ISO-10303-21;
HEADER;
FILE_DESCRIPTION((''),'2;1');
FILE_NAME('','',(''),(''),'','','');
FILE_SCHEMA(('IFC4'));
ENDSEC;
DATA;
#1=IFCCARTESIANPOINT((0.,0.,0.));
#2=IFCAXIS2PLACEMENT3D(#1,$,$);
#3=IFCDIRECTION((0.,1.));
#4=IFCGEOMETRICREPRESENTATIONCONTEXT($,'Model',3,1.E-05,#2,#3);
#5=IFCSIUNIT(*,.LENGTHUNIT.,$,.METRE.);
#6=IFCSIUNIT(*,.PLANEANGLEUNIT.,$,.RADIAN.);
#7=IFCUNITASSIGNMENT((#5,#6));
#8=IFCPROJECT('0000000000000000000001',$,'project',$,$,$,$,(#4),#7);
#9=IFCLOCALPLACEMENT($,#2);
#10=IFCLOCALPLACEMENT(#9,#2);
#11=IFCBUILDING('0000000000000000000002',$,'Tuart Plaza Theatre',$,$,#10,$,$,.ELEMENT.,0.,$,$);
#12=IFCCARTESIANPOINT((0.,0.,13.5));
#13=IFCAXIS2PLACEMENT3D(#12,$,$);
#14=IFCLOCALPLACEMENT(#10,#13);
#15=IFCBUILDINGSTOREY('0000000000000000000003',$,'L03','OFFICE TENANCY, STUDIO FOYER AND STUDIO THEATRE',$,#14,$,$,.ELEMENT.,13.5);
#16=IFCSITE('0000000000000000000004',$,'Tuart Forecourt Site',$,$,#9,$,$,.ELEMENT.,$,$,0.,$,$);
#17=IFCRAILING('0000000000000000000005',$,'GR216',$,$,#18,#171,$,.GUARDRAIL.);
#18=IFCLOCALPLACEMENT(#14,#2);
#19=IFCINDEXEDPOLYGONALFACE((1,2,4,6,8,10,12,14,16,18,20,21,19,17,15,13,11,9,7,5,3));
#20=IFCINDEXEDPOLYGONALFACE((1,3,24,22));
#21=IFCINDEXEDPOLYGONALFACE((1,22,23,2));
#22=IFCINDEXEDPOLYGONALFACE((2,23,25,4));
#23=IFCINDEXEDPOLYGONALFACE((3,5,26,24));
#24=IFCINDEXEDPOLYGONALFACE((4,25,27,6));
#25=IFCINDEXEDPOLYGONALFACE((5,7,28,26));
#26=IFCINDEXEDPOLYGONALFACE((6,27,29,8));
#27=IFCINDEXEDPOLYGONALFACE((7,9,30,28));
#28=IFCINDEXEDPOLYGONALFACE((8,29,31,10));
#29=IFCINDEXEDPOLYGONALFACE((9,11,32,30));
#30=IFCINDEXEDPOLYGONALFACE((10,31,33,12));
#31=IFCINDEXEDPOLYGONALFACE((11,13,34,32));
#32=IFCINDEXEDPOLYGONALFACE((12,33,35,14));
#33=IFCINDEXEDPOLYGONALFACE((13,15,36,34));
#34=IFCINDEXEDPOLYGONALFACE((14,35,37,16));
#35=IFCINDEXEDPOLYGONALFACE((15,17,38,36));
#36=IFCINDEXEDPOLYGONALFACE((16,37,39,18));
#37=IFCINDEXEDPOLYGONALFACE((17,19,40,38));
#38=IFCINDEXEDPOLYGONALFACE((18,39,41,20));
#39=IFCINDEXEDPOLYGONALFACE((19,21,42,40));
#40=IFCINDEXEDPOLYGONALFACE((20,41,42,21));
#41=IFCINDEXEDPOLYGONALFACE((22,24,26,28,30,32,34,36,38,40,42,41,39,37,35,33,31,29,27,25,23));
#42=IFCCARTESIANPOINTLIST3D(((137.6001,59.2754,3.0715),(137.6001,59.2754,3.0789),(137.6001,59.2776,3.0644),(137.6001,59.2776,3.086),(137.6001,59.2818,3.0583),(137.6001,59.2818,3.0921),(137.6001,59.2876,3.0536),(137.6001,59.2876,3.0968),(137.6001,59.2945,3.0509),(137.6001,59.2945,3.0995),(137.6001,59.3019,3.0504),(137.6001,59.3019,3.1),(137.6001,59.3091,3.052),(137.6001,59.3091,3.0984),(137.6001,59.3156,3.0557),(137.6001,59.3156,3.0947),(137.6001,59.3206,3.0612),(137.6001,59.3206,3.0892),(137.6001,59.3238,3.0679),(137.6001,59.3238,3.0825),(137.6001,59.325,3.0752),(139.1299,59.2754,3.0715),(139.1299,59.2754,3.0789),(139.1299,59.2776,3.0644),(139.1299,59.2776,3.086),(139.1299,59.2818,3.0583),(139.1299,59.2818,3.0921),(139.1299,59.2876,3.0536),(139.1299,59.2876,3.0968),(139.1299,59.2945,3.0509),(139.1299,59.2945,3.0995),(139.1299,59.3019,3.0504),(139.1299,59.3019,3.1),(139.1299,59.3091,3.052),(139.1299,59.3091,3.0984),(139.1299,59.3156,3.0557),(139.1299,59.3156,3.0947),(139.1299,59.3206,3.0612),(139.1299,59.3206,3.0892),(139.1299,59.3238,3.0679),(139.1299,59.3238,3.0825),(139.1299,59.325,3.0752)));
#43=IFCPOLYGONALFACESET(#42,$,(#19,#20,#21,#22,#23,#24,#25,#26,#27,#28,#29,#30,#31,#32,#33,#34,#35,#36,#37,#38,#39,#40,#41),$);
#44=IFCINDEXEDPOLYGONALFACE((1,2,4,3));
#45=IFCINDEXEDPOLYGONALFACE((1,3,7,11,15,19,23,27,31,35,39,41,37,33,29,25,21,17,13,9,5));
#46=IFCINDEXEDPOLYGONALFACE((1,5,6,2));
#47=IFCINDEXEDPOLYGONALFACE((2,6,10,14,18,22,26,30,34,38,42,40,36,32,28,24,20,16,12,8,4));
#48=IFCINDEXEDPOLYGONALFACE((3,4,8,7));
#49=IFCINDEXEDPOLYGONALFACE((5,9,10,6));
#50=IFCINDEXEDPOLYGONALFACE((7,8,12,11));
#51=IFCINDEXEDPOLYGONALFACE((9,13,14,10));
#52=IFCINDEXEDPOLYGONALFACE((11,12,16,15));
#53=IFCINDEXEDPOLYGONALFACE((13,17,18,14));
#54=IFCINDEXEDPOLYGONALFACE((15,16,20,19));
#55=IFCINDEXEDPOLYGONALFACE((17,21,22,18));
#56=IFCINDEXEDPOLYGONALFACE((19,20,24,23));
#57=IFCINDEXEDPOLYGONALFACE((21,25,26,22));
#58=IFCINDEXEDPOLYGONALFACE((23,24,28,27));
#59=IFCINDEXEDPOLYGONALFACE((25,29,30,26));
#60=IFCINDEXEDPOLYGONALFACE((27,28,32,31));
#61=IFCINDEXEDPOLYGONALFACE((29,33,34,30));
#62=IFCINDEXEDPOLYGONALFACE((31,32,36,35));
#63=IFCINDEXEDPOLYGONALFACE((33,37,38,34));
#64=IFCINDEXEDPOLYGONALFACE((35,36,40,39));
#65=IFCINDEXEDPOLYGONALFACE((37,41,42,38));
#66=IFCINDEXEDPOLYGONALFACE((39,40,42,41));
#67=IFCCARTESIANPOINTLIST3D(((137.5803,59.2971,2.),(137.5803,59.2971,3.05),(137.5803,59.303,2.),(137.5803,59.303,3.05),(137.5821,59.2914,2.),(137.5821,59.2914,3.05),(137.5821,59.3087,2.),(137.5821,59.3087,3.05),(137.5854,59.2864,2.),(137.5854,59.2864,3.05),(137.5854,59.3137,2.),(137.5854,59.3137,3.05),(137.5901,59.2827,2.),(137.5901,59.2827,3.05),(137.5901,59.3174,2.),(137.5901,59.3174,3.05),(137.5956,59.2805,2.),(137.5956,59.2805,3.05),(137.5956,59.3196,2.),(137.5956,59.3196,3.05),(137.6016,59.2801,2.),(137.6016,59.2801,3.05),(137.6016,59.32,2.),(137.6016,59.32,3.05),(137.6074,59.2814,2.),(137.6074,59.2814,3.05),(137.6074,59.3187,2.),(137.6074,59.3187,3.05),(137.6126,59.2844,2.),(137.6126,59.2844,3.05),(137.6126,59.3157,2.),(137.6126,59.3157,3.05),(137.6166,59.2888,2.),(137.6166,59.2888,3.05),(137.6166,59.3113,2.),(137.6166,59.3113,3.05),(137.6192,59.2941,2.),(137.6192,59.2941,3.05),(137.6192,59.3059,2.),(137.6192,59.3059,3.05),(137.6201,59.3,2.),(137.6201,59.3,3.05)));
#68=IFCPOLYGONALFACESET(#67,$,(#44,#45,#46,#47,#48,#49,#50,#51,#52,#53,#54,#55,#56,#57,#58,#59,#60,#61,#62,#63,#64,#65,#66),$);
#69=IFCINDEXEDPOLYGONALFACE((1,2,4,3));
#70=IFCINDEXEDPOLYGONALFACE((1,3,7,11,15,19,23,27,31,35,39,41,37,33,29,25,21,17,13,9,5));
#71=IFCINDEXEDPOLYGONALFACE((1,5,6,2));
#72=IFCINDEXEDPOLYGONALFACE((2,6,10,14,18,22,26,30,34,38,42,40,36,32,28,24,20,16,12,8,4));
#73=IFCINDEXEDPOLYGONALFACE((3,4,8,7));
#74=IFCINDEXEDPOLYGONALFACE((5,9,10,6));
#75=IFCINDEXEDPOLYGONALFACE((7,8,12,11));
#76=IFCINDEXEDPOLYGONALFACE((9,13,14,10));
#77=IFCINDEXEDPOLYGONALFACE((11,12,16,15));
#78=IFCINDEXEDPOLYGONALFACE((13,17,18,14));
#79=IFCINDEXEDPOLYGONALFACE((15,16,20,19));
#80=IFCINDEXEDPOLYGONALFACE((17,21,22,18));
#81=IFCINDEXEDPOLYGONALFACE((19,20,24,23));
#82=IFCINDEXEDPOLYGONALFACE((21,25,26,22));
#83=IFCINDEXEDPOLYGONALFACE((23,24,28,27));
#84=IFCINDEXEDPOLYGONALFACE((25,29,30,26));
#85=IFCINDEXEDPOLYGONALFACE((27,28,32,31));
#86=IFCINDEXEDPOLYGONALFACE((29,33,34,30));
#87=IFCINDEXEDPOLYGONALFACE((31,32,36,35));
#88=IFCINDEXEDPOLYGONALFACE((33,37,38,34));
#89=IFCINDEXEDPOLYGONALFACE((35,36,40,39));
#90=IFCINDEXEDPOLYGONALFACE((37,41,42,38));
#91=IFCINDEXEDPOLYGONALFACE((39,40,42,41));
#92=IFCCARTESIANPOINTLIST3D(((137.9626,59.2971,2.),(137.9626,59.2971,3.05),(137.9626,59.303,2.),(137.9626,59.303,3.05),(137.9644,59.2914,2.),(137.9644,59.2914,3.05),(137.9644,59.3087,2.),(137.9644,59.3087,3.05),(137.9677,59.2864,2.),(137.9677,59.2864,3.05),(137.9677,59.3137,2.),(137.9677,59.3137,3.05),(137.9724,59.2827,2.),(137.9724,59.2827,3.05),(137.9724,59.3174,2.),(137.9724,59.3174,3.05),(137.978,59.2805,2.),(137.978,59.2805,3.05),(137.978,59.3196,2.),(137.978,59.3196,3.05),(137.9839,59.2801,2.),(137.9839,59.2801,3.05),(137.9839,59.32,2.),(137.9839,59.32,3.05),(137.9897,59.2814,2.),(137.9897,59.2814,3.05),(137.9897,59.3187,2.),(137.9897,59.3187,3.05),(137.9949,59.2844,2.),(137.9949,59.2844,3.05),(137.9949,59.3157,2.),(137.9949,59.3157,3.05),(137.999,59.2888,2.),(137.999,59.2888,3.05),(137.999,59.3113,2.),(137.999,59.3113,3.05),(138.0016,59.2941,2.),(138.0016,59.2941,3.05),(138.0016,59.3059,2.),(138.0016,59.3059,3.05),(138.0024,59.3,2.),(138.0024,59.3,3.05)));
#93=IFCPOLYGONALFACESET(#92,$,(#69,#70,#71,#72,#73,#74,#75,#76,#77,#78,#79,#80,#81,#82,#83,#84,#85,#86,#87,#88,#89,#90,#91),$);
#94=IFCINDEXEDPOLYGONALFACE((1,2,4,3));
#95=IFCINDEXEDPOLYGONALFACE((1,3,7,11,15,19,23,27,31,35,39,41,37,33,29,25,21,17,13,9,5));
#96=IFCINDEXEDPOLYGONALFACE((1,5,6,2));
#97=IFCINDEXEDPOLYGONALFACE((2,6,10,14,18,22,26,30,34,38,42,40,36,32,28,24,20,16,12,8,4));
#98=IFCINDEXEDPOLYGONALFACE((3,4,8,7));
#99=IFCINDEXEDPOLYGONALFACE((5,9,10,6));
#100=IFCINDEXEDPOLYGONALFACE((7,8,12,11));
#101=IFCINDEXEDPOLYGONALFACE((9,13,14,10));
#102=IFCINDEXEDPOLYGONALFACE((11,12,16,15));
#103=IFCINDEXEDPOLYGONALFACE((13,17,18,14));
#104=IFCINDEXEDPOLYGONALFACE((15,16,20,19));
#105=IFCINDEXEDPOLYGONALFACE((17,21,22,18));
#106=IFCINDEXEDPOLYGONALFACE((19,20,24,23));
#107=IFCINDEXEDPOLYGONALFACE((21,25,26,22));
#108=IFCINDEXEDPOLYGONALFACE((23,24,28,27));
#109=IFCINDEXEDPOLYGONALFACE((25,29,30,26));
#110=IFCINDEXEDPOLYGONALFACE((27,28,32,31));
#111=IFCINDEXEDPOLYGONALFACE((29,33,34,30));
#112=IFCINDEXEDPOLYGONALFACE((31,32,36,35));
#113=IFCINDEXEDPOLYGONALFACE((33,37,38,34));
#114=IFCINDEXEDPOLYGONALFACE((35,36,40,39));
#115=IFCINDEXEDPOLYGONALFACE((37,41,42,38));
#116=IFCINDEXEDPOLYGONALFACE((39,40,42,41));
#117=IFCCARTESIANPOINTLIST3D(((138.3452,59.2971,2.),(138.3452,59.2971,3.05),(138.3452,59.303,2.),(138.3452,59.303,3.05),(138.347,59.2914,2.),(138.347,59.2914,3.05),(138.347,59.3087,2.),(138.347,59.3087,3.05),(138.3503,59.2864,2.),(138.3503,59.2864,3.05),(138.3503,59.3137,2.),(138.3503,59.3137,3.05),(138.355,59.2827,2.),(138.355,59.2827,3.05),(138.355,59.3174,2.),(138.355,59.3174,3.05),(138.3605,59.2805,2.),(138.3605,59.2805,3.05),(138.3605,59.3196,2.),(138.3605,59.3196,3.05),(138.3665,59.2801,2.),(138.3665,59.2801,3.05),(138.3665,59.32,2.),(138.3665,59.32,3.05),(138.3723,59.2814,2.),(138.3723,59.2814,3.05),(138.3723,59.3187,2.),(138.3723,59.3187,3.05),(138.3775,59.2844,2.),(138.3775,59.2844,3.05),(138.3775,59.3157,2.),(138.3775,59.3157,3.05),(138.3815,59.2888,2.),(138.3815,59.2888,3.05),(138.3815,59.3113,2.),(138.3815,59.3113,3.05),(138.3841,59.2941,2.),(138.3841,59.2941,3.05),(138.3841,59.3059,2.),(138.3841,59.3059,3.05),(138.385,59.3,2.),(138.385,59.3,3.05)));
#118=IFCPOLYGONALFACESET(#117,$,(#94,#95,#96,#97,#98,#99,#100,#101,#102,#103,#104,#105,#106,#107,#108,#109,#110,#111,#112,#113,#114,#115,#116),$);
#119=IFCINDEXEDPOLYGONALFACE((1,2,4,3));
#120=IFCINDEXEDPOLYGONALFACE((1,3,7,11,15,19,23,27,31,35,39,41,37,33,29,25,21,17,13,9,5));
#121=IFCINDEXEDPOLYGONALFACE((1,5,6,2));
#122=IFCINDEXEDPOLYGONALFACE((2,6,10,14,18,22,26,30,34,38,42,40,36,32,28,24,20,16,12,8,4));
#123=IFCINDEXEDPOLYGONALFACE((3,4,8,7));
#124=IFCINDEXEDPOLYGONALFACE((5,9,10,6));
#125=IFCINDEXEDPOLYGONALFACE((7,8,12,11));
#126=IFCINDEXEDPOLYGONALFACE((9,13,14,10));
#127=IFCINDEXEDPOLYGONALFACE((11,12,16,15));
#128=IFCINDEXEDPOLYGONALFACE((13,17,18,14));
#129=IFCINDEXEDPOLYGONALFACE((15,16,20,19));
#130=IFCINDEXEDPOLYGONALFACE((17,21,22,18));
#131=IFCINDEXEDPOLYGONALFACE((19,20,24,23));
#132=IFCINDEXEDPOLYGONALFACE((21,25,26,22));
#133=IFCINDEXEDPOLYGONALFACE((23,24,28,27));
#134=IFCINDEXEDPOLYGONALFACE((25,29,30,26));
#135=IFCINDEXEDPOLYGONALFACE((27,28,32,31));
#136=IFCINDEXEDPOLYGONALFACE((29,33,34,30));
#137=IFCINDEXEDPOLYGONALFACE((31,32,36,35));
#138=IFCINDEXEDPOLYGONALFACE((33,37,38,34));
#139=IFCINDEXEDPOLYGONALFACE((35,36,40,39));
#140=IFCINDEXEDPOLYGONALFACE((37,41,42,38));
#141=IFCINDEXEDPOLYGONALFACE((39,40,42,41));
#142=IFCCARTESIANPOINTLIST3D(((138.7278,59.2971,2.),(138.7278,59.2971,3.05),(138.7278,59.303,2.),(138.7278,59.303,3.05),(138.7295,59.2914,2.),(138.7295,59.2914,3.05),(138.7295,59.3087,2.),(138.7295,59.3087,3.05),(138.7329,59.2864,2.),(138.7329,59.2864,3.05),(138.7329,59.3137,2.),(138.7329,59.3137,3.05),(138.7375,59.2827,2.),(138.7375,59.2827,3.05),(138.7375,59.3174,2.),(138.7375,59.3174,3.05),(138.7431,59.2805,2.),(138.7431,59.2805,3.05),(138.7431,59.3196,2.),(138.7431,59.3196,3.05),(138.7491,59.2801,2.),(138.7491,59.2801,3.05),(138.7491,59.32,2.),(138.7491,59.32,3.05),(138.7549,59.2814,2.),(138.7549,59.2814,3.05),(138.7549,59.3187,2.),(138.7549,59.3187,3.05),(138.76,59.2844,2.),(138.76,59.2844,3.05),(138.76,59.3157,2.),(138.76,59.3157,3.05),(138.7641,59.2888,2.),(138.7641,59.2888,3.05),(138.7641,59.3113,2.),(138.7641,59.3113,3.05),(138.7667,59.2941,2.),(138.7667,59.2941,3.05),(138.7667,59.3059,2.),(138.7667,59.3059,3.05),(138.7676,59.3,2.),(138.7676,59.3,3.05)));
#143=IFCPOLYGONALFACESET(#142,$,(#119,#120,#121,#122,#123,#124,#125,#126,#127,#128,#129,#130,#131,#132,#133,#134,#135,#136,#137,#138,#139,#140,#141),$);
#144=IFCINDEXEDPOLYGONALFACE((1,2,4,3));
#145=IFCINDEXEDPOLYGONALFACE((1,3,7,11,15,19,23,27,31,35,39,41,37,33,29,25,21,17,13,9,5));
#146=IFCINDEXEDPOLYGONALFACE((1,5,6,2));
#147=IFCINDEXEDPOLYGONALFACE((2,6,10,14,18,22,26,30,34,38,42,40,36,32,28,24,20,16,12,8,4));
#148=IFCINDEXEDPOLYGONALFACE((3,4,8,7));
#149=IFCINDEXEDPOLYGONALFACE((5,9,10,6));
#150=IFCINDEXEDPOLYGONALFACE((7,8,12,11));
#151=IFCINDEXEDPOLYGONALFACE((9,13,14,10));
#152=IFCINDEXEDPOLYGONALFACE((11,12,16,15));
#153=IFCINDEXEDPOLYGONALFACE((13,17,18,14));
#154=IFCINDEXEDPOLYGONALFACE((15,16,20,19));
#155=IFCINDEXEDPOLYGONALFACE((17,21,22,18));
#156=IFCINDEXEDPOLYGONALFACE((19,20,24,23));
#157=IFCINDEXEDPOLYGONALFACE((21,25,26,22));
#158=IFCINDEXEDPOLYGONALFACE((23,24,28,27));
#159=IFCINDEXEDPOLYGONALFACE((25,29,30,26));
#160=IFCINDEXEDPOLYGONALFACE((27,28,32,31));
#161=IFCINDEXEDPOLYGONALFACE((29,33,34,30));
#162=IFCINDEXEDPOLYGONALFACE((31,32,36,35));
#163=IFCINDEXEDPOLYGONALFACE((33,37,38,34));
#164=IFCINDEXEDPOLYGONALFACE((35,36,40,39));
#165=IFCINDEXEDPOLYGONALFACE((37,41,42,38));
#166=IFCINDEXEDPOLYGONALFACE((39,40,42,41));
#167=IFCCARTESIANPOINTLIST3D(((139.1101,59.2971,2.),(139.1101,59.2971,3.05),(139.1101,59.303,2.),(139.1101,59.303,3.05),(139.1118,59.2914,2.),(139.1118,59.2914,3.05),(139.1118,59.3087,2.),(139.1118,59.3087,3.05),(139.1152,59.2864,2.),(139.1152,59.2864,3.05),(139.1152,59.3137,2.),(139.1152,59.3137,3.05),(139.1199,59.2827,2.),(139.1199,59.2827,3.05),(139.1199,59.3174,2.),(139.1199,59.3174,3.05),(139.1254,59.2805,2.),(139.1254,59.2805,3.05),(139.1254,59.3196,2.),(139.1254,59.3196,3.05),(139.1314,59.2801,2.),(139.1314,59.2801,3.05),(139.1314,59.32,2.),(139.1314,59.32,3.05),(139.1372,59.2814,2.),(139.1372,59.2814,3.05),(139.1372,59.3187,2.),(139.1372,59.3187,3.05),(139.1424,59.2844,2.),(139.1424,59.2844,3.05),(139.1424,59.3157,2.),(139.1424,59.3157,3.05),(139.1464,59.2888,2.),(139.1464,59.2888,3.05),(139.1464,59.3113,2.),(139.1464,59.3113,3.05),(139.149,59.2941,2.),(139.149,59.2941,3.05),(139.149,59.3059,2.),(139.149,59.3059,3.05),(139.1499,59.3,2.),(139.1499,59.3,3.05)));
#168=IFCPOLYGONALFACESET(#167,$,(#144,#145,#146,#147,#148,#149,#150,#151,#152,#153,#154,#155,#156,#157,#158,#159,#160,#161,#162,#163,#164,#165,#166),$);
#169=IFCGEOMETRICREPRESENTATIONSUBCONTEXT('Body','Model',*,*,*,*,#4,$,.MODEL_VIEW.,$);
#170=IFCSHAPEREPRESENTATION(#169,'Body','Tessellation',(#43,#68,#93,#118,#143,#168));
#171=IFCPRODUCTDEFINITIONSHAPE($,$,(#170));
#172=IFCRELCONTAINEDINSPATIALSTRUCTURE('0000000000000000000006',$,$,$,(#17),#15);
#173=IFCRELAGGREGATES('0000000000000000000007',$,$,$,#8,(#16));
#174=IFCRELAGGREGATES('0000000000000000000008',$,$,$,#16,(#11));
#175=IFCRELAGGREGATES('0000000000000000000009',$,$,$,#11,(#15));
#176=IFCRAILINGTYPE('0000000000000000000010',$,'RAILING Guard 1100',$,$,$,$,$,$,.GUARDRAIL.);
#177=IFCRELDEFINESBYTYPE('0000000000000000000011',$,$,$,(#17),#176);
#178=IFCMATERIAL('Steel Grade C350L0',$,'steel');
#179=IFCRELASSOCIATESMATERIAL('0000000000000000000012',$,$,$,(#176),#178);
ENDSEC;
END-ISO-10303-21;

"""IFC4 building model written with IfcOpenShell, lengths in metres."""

from ifc_helpers import new_model, si_unit, direction, frame, origin, origin_2d, place, context, subcontext, project, spatial, circle, extrude, material, type_object, element, save


model = new_model("IFC4")

# Units and contexts
model_context = context("Model", 3, precision=1e-05, world=origin(), true_north=direction((0.0, 1.0)))
body_context = subcontext(model_context, "Body", "Model", "MODEL_VIEW")
ifc_project = project(units=[si_unit("LENGTHUNIT", "METRE"), si_unit("PLANEANGLEUNIT", "RADIAN")], contexts=[model_context])

# Site, building, storey
site_placement = place(None, origin())
site = spatial("IfcSite", under=ifc_project, at=site_placement, Name="Tuart Forecourt Site", CompositionType="ELEMENT", RefElevation=0.0)
building_placement = place(site_placement, origin())
building = spatial("IfcBuilding", under=site, at=building_placement, Name="Tuart Plaza Theatre", CompositionType="ELEMENT", ElevationOfRefHeight=0.0)
storey_placement = place(building_placement, frame((0.0, 0.0, 13.5)))
storey = spatial("IfcBuildingStorey", under=building, at=storey_placement, Name="L03", Description="OFFICE TENANCY, STUDIO FOYER AND STUDIO THEATRE", CompositionType="ELEMENT", Elevation=13.5)

# Railing
ifc_material_1 = material(Name="Steel Grade C350L0", Category="steel")
railing_type_1 = type_object("IfcRailingType", Name="RAILING Guard 1100", PredefinedType="GUARDRAIL", material=ifc_material_1)
railing_1_placement = place(storey_placement, frame((137.6001, 59.3, 2.0)))
element("IfcRailing", 1, at=railing_1_placement, inside=storey, type_object=railing_type_1, Name="GR216", PredefinedType="GUARDRAIL", context=body_context, shape_type="SweptSolid", body=[
    extrude(circle(Radius=0.0249, at=origin_2d()), frame((0.0, 0.0, 1.0752), z_axis=(1.0, 0.0, 0.0), x_axis=(0.0, 1.0, 0.0)), (0.0, 0.0, 1.0), 1.5298),
    extrude(circle(Radius=0.02, at=origin_2d()), origin(), (0.0, 0.0, 1.0), 1.05),
    extrude(circle(Radius=0.02, at=origin_2d()), frame((0.3823, 0.0, 0.0)), (0.0, 0.0, 1.0), 1.05),
    extrude(circle(Radius=0.02, at=origin_2d()), frame((0.7649, 0.0, 0.0)), (0.0, 0.0, 1.0), 1.05),
    extrude(circle(Radius=0.02, at=origin_2d()), frame((1.1475, 0.0, 0.0)), (0.0, 0.0, 1.0), 1.05),
    extrude(circle(Radius=0.02, at=origin_2d()), frame((1.5298, 0.0, 0.0)), (0.0, 0.0, 1.0), 1.05),
])

save(model, "model.ifc")
